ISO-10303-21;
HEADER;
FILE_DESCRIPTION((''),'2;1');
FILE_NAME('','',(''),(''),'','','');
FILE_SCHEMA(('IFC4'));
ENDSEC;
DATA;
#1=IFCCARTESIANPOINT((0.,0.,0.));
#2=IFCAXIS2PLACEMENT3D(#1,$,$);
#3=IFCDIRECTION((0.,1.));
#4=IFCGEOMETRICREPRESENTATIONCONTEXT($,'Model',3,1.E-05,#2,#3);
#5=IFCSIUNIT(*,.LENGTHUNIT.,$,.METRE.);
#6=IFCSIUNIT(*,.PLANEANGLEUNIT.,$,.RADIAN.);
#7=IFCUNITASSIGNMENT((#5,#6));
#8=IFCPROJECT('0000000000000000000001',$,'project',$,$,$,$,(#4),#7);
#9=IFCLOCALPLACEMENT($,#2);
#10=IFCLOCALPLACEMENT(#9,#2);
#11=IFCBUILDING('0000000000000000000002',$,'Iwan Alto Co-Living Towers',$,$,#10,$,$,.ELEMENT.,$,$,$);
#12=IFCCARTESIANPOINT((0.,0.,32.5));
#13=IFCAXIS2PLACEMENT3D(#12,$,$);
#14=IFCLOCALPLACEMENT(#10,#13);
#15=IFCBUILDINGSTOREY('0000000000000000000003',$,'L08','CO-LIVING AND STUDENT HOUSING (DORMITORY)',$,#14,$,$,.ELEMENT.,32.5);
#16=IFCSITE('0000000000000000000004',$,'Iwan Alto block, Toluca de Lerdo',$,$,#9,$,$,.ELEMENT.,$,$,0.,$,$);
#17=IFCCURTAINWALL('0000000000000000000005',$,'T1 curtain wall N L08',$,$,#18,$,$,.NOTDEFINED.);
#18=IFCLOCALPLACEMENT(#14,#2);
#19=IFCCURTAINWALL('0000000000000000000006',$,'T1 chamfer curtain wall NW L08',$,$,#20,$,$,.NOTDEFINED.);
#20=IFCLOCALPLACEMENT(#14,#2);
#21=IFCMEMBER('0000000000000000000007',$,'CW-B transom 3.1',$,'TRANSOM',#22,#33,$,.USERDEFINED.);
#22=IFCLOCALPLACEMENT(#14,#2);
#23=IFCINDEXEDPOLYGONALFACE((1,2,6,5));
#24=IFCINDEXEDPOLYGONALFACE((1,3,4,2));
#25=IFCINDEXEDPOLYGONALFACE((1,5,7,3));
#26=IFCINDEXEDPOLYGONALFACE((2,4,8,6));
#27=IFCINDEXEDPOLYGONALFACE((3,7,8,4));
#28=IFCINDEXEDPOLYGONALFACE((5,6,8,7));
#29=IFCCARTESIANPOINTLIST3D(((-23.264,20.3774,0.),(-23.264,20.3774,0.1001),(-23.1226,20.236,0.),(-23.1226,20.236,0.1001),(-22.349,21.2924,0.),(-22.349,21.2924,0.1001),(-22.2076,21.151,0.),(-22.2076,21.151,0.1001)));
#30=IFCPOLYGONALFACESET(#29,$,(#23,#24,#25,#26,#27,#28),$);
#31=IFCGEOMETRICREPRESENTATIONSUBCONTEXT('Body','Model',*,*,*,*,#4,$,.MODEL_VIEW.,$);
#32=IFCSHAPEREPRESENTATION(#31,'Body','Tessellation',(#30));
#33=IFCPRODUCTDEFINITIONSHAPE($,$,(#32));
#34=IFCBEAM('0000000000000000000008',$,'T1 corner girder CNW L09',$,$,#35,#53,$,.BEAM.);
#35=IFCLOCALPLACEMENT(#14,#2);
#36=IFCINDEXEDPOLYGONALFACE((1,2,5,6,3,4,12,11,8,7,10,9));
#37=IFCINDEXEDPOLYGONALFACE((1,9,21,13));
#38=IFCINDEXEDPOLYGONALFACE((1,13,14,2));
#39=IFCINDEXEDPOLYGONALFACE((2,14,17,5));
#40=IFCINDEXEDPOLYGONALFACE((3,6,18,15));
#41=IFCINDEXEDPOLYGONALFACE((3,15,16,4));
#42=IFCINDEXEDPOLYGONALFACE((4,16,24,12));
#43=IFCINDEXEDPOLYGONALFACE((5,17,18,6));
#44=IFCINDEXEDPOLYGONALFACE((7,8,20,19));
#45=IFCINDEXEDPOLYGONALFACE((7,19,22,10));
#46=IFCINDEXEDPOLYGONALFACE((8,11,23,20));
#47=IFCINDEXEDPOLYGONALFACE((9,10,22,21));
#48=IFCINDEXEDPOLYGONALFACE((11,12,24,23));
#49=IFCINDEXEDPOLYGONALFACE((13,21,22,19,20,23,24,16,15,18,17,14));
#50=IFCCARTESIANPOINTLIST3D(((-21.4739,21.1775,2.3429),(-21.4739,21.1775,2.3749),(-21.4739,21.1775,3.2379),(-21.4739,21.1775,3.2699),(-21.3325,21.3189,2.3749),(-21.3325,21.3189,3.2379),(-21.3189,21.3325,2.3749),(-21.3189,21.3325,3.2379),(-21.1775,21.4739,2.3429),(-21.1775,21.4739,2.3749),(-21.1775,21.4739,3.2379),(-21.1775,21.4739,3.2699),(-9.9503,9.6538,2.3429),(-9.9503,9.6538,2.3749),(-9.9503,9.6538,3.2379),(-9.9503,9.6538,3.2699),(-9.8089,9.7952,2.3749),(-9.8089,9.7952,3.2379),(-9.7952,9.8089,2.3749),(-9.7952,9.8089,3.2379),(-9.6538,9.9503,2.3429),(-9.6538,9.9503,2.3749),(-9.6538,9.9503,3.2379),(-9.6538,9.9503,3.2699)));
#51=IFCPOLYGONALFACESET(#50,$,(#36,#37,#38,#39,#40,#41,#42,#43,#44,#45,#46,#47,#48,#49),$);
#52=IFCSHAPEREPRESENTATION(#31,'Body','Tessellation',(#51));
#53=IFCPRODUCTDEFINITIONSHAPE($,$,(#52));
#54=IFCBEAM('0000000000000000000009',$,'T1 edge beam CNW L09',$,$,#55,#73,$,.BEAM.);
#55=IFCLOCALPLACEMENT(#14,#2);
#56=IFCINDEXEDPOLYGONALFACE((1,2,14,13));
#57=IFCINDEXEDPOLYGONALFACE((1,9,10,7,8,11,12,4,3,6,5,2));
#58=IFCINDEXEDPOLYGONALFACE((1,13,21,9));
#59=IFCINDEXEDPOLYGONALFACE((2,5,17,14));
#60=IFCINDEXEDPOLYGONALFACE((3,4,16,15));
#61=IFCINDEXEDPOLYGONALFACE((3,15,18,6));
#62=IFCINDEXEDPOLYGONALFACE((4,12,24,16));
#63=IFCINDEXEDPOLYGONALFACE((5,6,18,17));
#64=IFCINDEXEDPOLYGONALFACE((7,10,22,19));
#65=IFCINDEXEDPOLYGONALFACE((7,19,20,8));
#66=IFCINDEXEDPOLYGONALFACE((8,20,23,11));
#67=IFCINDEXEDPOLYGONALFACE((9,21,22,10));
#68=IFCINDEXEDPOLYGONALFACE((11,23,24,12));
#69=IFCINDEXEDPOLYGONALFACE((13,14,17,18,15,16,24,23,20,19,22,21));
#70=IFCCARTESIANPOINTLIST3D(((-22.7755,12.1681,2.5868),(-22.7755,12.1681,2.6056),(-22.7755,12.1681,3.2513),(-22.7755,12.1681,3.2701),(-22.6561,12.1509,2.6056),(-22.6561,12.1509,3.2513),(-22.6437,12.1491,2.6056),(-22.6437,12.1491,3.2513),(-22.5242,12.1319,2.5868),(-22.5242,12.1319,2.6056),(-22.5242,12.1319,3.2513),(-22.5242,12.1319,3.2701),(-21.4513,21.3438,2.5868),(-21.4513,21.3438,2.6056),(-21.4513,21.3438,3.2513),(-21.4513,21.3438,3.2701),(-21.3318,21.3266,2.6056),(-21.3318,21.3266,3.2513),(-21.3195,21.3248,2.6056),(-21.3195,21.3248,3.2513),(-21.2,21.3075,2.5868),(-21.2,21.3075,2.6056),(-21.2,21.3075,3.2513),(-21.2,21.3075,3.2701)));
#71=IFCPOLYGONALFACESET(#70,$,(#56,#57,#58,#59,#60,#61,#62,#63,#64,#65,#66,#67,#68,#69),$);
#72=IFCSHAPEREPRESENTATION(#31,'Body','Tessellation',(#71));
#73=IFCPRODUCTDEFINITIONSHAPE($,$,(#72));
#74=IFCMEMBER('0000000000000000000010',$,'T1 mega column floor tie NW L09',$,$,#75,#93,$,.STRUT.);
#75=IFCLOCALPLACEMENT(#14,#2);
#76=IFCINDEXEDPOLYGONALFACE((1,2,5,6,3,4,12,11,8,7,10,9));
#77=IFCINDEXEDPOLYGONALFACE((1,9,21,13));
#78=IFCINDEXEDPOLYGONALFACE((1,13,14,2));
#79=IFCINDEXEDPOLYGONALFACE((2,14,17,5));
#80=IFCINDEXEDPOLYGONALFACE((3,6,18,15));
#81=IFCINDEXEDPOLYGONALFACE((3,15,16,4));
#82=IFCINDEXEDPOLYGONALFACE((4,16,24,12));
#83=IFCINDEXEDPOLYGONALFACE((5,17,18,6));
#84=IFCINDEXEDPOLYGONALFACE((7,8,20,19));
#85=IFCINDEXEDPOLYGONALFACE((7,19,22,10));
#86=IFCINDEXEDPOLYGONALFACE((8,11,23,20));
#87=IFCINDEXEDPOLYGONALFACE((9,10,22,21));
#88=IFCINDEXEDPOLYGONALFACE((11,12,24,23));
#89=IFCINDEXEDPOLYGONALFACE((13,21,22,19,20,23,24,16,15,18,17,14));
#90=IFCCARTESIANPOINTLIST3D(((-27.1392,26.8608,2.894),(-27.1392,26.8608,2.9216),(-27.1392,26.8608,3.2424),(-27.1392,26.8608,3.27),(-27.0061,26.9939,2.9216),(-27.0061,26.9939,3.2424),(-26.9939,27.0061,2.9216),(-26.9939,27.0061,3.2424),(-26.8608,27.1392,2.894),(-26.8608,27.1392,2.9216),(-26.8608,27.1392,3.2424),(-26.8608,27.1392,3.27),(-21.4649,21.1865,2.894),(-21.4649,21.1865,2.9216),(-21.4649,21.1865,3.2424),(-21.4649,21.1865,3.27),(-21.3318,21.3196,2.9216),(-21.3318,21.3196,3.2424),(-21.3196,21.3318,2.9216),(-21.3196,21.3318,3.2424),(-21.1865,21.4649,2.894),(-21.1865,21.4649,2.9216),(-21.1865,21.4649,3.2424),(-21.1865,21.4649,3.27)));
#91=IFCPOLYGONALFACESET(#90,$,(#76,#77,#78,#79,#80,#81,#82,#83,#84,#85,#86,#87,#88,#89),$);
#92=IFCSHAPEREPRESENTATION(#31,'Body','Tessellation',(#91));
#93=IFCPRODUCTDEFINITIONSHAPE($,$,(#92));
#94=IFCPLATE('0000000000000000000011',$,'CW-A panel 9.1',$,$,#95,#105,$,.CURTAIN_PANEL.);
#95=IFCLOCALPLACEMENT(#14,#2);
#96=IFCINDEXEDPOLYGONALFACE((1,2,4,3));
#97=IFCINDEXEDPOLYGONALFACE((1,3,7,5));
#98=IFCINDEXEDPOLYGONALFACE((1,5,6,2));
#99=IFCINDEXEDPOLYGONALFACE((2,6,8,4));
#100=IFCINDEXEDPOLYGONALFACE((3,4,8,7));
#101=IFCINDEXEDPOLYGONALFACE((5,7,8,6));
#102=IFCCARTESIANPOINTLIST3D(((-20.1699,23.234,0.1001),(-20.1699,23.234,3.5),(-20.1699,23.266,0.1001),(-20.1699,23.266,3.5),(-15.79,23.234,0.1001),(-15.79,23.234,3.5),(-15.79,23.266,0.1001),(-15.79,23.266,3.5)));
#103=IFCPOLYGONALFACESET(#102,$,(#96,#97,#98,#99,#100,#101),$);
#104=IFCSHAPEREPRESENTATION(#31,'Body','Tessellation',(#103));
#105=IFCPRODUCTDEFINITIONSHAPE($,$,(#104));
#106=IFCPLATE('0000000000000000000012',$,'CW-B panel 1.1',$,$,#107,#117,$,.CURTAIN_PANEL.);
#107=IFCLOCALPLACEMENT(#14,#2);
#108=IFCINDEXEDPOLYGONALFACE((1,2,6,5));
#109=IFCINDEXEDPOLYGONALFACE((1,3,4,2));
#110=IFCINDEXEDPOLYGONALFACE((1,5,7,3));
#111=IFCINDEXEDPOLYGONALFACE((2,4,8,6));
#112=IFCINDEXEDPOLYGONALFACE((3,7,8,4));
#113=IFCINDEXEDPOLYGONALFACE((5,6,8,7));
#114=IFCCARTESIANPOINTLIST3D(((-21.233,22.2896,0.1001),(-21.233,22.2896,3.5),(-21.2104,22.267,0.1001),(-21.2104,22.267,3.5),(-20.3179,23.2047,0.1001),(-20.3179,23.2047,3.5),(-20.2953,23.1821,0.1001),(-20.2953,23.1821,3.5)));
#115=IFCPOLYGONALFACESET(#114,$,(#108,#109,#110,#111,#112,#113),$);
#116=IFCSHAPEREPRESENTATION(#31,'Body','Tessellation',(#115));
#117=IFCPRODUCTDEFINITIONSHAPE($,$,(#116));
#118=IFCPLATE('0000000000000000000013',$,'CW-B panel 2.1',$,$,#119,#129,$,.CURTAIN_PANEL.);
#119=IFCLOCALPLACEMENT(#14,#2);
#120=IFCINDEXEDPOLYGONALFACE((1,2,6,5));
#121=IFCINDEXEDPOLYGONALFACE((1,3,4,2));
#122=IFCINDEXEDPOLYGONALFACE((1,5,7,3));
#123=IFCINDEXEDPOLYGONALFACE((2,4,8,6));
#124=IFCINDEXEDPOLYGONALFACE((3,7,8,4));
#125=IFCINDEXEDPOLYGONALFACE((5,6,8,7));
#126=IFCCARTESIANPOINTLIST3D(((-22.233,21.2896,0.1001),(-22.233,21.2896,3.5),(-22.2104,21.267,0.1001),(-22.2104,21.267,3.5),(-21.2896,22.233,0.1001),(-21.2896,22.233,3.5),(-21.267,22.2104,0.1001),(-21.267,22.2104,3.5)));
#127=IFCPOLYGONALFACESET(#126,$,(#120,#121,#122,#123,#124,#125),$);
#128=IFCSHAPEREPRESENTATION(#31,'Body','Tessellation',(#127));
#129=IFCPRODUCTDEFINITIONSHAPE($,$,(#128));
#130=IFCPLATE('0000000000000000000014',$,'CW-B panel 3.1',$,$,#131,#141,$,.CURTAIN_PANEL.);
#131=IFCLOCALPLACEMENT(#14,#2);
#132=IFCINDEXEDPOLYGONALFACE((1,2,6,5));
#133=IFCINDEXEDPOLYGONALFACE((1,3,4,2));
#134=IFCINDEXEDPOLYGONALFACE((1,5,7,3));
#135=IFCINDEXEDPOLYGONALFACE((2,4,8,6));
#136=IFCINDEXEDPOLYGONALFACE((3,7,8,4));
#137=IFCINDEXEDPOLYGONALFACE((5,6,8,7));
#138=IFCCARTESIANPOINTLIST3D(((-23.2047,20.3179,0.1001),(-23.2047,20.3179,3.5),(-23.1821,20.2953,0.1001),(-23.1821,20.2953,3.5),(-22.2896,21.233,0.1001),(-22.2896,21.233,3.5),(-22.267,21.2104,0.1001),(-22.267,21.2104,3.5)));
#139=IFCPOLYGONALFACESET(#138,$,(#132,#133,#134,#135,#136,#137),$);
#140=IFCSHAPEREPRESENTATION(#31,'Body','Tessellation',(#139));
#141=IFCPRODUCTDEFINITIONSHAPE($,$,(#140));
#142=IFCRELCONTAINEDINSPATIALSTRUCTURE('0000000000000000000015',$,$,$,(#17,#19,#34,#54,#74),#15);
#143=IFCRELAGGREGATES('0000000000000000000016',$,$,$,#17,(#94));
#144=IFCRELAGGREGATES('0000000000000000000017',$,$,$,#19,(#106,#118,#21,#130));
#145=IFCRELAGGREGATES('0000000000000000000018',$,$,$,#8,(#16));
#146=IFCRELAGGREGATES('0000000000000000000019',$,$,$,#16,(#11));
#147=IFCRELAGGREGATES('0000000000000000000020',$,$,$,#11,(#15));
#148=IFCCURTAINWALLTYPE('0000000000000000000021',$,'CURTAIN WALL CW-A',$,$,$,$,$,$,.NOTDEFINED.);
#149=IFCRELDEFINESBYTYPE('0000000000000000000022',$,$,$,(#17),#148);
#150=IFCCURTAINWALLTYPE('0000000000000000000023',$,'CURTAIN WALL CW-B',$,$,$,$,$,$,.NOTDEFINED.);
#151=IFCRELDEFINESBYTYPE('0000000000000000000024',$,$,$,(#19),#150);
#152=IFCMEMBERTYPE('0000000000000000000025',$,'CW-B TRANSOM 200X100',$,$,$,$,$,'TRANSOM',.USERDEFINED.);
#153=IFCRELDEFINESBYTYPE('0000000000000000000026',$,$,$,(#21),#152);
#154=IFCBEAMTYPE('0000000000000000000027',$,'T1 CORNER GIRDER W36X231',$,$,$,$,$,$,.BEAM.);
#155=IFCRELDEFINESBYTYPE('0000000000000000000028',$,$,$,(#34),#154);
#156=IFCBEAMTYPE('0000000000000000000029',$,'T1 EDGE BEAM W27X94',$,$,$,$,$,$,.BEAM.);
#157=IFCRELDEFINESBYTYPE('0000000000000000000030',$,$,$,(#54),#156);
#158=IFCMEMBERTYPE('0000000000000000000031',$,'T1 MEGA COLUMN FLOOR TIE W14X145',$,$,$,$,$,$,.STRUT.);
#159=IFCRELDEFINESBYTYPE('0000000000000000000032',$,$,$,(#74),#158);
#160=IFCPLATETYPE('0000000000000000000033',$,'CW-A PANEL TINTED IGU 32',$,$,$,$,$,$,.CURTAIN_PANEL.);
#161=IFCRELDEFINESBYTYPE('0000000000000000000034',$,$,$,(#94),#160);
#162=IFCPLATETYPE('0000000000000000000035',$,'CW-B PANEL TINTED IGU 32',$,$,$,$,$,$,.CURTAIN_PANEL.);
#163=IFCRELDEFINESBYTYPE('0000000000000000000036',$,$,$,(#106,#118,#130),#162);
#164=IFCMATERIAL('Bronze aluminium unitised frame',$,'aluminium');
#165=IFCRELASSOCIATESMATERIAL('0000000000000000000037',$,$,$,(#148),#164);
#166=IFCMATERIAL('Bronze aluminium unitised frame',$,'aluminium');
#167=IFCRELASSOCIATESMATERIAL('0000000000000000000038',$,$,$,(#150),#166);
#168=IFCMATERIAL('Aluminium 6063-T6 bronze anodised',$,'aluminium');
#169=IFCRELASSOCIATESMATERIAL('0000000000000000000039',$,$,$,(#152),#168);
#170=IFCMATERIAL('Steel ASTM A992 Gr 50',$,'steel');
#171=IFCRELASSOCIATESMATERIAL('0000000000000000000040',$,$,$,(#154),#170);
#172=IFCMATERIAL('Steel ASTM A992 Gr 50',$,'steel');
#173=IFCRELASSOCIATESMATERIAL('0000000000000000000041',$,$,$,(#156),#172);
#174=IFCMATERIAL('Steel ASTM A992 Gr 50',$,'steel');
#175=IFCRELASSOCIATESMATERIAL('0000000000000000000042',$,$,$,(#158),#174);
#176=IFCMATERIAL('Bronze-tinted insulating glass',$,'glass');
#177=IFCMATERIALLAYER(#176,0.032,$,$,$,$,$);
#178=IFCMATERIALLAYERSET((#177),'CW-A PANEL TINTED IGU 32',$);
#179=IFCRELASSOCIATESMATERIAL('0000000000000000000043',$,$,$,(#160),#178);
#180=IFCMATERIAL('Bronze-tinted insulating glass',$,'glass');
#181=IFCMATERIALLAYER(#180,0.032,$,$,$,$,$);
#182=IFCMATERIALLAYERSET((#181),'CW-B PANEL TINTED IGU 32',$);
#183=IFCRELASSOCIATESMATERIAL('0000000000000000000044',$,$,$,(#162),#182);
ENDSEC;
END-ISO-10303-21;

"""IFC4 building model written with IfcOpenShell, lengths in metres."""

from ifc_helpers import new_model, si_unit, direction, frame, origin, origin_2d, place, context, subcontext, project, spatial, rectangle, i_section, extrude, material, layer, layer_set, material_profile, profile_set, type_object, element, aggregate, save


model = new_model("IFC4")

# Units and contexts
model_context = context("Model", 3, precision=1e-05, world=origin(), true_north=direction((0.0, 1.0)))
body_context = subcontext(model_context, "Body", "Model", "MODEL_VIEW")
ifc_project = project(units=[si_unit("LENGTHUNIT", "METRE"), si_unit("PLANEANGLEUNIT", "RADIAN")], contexts=[model_context])

# Site, building, storey
site_placement = place(None, origin())
site = spatial("IfcSite", under=ifc_project, at=site_placement, Name="Iwan Alto block, Toluca de Lerdo", CompositionType="ELEMENT", RefElevation=0.0)
building_placement = place(site_placement, origin())
building = spatial("IfcBuilding", under=site, at=building_placement, Name="Iwan Alto Co-Living Towers", CompositionType="ELEMENT")
storey_placement = place(building_placement, frame((0.0, 0.0, 32.5)))
storey = spatial("IfcBuildingStorey", under=building, at=storey_placement, Name="L08", Description="CO-LIVING AND STUDENT HOUSING (DORMITORY)", CompositionType="ELEMENT", Elevation=32.5)

# Curtain wall
ifc_material_1 = material(Name="Bronze aluminium unitised frame", Category="aluminium")
curtain_wall_type_1 = type_object("IfcCurtainWallType", Name="CURTAIN WALL CW-A", PredefinedType="NOTDEFINED", material=ifc_material_1)
curtain_wall_1_placement = place(storey_placement, origin())
curtain_wall_1 = element("IfcCurtainWall", 1, at=curtain_wall_1_placement, inside=storey, type_object=curtain_wall_type_1, Name="T1 curtain wall N L08", PredefinedType="NOTDEFINED")

# Curtain wall, member
ifc_material_2 = material(Name="Bronze aluminium unitised frame", Category="aluminium")
curtain_wall_type_2 = type_object("IfcCurtainWallType", Name="CURTAIN WALL CW-B", PredefinedType="NOTDEFINED", material=ifc_material_2)
curtain_wall_2_placement = place(storey_placement, origin())
curtain_wall_2 = element("IfcCurtainWall", 2, at=curtain_wall_2_placement, inside=storey, type_object=curtain_wall_type_2, Name="T1 chamfer curtain wall NW L08", PredefinedType="NOTDEFINED")
ifc_material_3 = material(Name="Aluminium 6063-T6 bronze anodised", Category="aluminium")
ifc_material_profile_1 = material_profile(ifc_material_3, rectangle(XDim=0.2, YDim=0.1001, at=origin_2d()), Name="AL 200X100")
ifc_profile_set_1 = profile_set([ifc_material_profile_1], Name="Aluminium 6063-T6 bronze anodised")
member_type_1 = type_object("IfcMemberType", Name="CW-B TRANSOM 200X100", ElementType="TRANSOM", PredefinedType="USERDEFINED", material=ifc_profile_set_1)
member_1_placement = place(storey_placement, frame((-22.2783, 21.2217, 0.05), z_axis=(-0.707107, -0.707107, 0.0), x_axis=(0.707107, -0.707107, 0.0)))
member_1 = element("IfcMember", 3, at=member_1_placement, type_object=member_type_1, Name="CW-B transom 3.1", ObjectType="TRANSOM", PredefinedType="USERDEFINED", context=body_context, shape_type="SweptSolid", body=[
    extrude(rectangle(XDim=0.2, YDim=0.1001, at=origin_2d()), origin(), (0.0, 0.0, 1.0), 1.2939),
])

# Beams
ifc_material_4 = material(Name="Steel ASTM A992 Gr 50", Category="steel")
ifc_material_profile_2 = material_profile(ifc_material_4, i_section(OverallWidth=0.4192, OverallDepth=0.927, WebThickness=0.0193, FlangeThickness=0.032, at=origin_2d()), Name="W36X231")
ifc_profile_set_2 = profile_set([ifc_material_profile_2], Name="Steel ASTM A992 Gr 50")
beam_type_1 = type_object("IfcBeamType", Name="T1 CORNER GIRDER W36X231", PredefinedType="BEAM", material=ifc_profile_set_2)
beam_1_placement = place(storey_placement, frame((-21.3257, 21.3257, 2.8064), z_axis=(0.707107, -0.707107, 0.0), x_axis=(0.707107, 0.707107, 0.0)))
element("IfcBeam", 4, at=beam_1_placement, inside=storey, type_object=beam_type_1, Name="T1 corner girder CNW L09", PredefinedType="BEAM", context=body_context, shape_type="SweptSolid", body=[
    extrude(i_section(OverallWidth=0.4192, OverallDepth=0.927, WebThickness=0.0193, FlangeThickness=0.032, at=origin_2d()), origin(), (0.0, 0.0, 1.0), 16.2969),
])
ifc_material_5 = material(Name="Steel ASTM A992 Gr 50", Category="steel")
ifc_material_profile_3 = material_profile(ifc_material_5, i_section(OverallWidth=0.2539, OverallDepth=0.6833, WebThickness=0.0125, FlangeThickness=0.0188, at=origin_2d()), Name="W27X94")
ifc_profile_set_3 = profile_set([ifc_material_profile_3], Name="Steel ASTM A992 Gr 50")
beam_type_2 = type_object("IfcBeamType", Name="T1 EDGE BEAM W27X94", PredefinedType="BEAM", material=ifc_profile_set_3)
beam_2_placement = place(storey_placement, frame((-21.3257, 21.3257, 2.9285), z_axis=(-0.142837, -0.989746, 0.0), x_axis=(0.989746, -0.142837, 0.0)))
element("IfcBeam", 5, at=beam_2_placement, inside=storey, type_object=beam_type_2, Name="T1 edge beam CNW L09", PredefinedType="BEAM", context=body_context, shape_type="SweptSolid", body=[
    extrude(i_section(OverallWidth=0.2539, OverallDepth=0.6833, WebThickness=0.0125, FlangeThickness=0.0188, at=origin_2d()), origin(), (0.0, 0.0, 1.0), 9.2708),
])

# Member
ifc_material_6 = material(Name="Steel ASTM A992 Gr 50", Category="steel")
ifc_material_profile_4 = material_profile(ifc_material_6, i_section(OverallWidth=0.3938, OverallDepth=0.376, WebThickness=0.0173, FlangeThickness=0.0276, at=origin_2d()), Name="W14X145")
ifc_profile_set_4 = profile_set([ifc_material_profile_4], Name="Steel ASTM A992 Gr 50")
member_type_2 = type_object("IfcMemberType", Name="T1 MEGA COLUMN FLOOR TIE W14X145", PredefinedType="STRUT", material=ifc_profile_set_4)
member_2_placement = place(storey_placement, frame((-27.0, 27.0, 3.082), z_axis=(0.707107, -0.707107, 0.0), x_axis=(0.707107, 0.707107, 0.0)))
element("IfcMember", 6, at=member_2_placement, inside=storey, type_object=member_type_2, Name="T1 mega column floor tie NW L09", PredefinedType="STRUT", context=body_context, shape_type="SweptSolid", body=[
    extrude(i_section(OverallWidth=0.3938, OverallDepth=0.376, WebThickness=0.0173, FlangeThickness=0.0276, at=origin_2d()), origin(), (0.0, 0.0, 1.0), 8.0247),
])

# Plates
ifc_material_7 = material(Name="Bronze-tinted insulating glass", Category="glass")
ifc_layer_1 = layer(ifc_material_7, 0.032)
ifc_layer_set_1 = layer_set([ifc_layer_1], Name="CW-A PANEL TINTED IGU 32")
plate_type_1 = type_object("IfcPlateType", Name="CW-A PANEL TINTED IGU 32", PredefinedType="CURTAIN_PANEL", material=ifc_layer_set_1)
plate_1_placement = place(storey_placement, frame((-17.98, 23.25, 0.1001), z_axis=(0.0, 0.0, 1.0), x_axis=(-1.0, 0.0, 0.0)))
plate_1 = element("IfcPlate", 7, at=plate_1_placement, type_object=plate_type_1, Name="CW-A panel 9.1", PredefinedType="CURTAIN_PANEL", context=body_context, shape_type="SweptSolid", body=[
    extrude(rectangle(XDim=4.3799, YDim=0.032, at=origin_2d()), origin(), (0.0, 0.0, 1.0), 3.3999),
])
aggregate(curtain_wall_1, [plate_1])
ifc_material_8 = material(Name="Bronze-tinted insulating glass", Category="glass")
ifc_layer_2 = layer(ifc_material_8, 0.032)
ifc_layer_set_2 = layer_set([ifc_layer_2], Name="CW-B PANEL TINTED IGU 32")
plate_type_2 = type_object("IfcPlateType", Name="CW-B PANEL TINTED IGU 32", PredefinedType="CURTAIN_PANEL", material=ifc_layer_set_2)
plate_2_placement = place(storey_placement, frame((-20.7642, 22.7358, 0.1001), z_axis=(0.0, 0.0, 1.0), x_axis=(-0.707107, -0.707107, 0.0)))
plate_2 = element("IfcPlate", 8, at=plate_2_placement, type_object=plate_type_2, Name="CW-B panel 1.1", PredefinedType="CURTAIN_PANEL", context=body_context, shape_type="SweptSolid", body=[
    extrude(rectangle(XDim=1.2942, YDim=0.032, at=origin_2d()), origin(), (0.0, 0.0, 1.0), 3.3999),
])
plate_3_placement = place(storey_placement, frame((-21.75, 21.75, 0.1001), z_axis=(0.0, 0.0, 1.0), x_axis=(-0.707107, -0.707107, 0.0)))
plate_3 = element("IfcPlate", 9, at=plate_3_placement, type_object=plate_type_2, Name="CW-B panel 2.1", PredefinedType="CURTAIN_PANEL", context=body_context, shape_type="SweptSolid", body=[
    extrude(rectangle(XDim=1.3342, YDim=0.032, at=origin_2d()), origin(), (0.0, 0.0, 1.0), 3.3999),
])
plate_4_placement = place(storey_placement, frame((-22.7358, 20.7642, 0.1001), z_axis=(0.0, 0.0, 1.0), x_axis=(-0.707107, -0.707107, 0.0)))
plate_4 = element("IfcPlate", 10, at=plate_4_placement, type_object=plate_type_2, Name="CW-B panel 3.1", PredefinedType="CURTAIN_PANEL", context=body_context, shape_type="SweptSolid", body=[
    extrude(rectangle(XDim=1.2942, YDim=0.032, at=origin_2d()), origin(), (0.0, 0.0, 1.0), 3.3999),
])
aggregate(curtain_wall_2, [plate_2, plate_3, member_1, plate_4])

save(model, "model.ifc")
